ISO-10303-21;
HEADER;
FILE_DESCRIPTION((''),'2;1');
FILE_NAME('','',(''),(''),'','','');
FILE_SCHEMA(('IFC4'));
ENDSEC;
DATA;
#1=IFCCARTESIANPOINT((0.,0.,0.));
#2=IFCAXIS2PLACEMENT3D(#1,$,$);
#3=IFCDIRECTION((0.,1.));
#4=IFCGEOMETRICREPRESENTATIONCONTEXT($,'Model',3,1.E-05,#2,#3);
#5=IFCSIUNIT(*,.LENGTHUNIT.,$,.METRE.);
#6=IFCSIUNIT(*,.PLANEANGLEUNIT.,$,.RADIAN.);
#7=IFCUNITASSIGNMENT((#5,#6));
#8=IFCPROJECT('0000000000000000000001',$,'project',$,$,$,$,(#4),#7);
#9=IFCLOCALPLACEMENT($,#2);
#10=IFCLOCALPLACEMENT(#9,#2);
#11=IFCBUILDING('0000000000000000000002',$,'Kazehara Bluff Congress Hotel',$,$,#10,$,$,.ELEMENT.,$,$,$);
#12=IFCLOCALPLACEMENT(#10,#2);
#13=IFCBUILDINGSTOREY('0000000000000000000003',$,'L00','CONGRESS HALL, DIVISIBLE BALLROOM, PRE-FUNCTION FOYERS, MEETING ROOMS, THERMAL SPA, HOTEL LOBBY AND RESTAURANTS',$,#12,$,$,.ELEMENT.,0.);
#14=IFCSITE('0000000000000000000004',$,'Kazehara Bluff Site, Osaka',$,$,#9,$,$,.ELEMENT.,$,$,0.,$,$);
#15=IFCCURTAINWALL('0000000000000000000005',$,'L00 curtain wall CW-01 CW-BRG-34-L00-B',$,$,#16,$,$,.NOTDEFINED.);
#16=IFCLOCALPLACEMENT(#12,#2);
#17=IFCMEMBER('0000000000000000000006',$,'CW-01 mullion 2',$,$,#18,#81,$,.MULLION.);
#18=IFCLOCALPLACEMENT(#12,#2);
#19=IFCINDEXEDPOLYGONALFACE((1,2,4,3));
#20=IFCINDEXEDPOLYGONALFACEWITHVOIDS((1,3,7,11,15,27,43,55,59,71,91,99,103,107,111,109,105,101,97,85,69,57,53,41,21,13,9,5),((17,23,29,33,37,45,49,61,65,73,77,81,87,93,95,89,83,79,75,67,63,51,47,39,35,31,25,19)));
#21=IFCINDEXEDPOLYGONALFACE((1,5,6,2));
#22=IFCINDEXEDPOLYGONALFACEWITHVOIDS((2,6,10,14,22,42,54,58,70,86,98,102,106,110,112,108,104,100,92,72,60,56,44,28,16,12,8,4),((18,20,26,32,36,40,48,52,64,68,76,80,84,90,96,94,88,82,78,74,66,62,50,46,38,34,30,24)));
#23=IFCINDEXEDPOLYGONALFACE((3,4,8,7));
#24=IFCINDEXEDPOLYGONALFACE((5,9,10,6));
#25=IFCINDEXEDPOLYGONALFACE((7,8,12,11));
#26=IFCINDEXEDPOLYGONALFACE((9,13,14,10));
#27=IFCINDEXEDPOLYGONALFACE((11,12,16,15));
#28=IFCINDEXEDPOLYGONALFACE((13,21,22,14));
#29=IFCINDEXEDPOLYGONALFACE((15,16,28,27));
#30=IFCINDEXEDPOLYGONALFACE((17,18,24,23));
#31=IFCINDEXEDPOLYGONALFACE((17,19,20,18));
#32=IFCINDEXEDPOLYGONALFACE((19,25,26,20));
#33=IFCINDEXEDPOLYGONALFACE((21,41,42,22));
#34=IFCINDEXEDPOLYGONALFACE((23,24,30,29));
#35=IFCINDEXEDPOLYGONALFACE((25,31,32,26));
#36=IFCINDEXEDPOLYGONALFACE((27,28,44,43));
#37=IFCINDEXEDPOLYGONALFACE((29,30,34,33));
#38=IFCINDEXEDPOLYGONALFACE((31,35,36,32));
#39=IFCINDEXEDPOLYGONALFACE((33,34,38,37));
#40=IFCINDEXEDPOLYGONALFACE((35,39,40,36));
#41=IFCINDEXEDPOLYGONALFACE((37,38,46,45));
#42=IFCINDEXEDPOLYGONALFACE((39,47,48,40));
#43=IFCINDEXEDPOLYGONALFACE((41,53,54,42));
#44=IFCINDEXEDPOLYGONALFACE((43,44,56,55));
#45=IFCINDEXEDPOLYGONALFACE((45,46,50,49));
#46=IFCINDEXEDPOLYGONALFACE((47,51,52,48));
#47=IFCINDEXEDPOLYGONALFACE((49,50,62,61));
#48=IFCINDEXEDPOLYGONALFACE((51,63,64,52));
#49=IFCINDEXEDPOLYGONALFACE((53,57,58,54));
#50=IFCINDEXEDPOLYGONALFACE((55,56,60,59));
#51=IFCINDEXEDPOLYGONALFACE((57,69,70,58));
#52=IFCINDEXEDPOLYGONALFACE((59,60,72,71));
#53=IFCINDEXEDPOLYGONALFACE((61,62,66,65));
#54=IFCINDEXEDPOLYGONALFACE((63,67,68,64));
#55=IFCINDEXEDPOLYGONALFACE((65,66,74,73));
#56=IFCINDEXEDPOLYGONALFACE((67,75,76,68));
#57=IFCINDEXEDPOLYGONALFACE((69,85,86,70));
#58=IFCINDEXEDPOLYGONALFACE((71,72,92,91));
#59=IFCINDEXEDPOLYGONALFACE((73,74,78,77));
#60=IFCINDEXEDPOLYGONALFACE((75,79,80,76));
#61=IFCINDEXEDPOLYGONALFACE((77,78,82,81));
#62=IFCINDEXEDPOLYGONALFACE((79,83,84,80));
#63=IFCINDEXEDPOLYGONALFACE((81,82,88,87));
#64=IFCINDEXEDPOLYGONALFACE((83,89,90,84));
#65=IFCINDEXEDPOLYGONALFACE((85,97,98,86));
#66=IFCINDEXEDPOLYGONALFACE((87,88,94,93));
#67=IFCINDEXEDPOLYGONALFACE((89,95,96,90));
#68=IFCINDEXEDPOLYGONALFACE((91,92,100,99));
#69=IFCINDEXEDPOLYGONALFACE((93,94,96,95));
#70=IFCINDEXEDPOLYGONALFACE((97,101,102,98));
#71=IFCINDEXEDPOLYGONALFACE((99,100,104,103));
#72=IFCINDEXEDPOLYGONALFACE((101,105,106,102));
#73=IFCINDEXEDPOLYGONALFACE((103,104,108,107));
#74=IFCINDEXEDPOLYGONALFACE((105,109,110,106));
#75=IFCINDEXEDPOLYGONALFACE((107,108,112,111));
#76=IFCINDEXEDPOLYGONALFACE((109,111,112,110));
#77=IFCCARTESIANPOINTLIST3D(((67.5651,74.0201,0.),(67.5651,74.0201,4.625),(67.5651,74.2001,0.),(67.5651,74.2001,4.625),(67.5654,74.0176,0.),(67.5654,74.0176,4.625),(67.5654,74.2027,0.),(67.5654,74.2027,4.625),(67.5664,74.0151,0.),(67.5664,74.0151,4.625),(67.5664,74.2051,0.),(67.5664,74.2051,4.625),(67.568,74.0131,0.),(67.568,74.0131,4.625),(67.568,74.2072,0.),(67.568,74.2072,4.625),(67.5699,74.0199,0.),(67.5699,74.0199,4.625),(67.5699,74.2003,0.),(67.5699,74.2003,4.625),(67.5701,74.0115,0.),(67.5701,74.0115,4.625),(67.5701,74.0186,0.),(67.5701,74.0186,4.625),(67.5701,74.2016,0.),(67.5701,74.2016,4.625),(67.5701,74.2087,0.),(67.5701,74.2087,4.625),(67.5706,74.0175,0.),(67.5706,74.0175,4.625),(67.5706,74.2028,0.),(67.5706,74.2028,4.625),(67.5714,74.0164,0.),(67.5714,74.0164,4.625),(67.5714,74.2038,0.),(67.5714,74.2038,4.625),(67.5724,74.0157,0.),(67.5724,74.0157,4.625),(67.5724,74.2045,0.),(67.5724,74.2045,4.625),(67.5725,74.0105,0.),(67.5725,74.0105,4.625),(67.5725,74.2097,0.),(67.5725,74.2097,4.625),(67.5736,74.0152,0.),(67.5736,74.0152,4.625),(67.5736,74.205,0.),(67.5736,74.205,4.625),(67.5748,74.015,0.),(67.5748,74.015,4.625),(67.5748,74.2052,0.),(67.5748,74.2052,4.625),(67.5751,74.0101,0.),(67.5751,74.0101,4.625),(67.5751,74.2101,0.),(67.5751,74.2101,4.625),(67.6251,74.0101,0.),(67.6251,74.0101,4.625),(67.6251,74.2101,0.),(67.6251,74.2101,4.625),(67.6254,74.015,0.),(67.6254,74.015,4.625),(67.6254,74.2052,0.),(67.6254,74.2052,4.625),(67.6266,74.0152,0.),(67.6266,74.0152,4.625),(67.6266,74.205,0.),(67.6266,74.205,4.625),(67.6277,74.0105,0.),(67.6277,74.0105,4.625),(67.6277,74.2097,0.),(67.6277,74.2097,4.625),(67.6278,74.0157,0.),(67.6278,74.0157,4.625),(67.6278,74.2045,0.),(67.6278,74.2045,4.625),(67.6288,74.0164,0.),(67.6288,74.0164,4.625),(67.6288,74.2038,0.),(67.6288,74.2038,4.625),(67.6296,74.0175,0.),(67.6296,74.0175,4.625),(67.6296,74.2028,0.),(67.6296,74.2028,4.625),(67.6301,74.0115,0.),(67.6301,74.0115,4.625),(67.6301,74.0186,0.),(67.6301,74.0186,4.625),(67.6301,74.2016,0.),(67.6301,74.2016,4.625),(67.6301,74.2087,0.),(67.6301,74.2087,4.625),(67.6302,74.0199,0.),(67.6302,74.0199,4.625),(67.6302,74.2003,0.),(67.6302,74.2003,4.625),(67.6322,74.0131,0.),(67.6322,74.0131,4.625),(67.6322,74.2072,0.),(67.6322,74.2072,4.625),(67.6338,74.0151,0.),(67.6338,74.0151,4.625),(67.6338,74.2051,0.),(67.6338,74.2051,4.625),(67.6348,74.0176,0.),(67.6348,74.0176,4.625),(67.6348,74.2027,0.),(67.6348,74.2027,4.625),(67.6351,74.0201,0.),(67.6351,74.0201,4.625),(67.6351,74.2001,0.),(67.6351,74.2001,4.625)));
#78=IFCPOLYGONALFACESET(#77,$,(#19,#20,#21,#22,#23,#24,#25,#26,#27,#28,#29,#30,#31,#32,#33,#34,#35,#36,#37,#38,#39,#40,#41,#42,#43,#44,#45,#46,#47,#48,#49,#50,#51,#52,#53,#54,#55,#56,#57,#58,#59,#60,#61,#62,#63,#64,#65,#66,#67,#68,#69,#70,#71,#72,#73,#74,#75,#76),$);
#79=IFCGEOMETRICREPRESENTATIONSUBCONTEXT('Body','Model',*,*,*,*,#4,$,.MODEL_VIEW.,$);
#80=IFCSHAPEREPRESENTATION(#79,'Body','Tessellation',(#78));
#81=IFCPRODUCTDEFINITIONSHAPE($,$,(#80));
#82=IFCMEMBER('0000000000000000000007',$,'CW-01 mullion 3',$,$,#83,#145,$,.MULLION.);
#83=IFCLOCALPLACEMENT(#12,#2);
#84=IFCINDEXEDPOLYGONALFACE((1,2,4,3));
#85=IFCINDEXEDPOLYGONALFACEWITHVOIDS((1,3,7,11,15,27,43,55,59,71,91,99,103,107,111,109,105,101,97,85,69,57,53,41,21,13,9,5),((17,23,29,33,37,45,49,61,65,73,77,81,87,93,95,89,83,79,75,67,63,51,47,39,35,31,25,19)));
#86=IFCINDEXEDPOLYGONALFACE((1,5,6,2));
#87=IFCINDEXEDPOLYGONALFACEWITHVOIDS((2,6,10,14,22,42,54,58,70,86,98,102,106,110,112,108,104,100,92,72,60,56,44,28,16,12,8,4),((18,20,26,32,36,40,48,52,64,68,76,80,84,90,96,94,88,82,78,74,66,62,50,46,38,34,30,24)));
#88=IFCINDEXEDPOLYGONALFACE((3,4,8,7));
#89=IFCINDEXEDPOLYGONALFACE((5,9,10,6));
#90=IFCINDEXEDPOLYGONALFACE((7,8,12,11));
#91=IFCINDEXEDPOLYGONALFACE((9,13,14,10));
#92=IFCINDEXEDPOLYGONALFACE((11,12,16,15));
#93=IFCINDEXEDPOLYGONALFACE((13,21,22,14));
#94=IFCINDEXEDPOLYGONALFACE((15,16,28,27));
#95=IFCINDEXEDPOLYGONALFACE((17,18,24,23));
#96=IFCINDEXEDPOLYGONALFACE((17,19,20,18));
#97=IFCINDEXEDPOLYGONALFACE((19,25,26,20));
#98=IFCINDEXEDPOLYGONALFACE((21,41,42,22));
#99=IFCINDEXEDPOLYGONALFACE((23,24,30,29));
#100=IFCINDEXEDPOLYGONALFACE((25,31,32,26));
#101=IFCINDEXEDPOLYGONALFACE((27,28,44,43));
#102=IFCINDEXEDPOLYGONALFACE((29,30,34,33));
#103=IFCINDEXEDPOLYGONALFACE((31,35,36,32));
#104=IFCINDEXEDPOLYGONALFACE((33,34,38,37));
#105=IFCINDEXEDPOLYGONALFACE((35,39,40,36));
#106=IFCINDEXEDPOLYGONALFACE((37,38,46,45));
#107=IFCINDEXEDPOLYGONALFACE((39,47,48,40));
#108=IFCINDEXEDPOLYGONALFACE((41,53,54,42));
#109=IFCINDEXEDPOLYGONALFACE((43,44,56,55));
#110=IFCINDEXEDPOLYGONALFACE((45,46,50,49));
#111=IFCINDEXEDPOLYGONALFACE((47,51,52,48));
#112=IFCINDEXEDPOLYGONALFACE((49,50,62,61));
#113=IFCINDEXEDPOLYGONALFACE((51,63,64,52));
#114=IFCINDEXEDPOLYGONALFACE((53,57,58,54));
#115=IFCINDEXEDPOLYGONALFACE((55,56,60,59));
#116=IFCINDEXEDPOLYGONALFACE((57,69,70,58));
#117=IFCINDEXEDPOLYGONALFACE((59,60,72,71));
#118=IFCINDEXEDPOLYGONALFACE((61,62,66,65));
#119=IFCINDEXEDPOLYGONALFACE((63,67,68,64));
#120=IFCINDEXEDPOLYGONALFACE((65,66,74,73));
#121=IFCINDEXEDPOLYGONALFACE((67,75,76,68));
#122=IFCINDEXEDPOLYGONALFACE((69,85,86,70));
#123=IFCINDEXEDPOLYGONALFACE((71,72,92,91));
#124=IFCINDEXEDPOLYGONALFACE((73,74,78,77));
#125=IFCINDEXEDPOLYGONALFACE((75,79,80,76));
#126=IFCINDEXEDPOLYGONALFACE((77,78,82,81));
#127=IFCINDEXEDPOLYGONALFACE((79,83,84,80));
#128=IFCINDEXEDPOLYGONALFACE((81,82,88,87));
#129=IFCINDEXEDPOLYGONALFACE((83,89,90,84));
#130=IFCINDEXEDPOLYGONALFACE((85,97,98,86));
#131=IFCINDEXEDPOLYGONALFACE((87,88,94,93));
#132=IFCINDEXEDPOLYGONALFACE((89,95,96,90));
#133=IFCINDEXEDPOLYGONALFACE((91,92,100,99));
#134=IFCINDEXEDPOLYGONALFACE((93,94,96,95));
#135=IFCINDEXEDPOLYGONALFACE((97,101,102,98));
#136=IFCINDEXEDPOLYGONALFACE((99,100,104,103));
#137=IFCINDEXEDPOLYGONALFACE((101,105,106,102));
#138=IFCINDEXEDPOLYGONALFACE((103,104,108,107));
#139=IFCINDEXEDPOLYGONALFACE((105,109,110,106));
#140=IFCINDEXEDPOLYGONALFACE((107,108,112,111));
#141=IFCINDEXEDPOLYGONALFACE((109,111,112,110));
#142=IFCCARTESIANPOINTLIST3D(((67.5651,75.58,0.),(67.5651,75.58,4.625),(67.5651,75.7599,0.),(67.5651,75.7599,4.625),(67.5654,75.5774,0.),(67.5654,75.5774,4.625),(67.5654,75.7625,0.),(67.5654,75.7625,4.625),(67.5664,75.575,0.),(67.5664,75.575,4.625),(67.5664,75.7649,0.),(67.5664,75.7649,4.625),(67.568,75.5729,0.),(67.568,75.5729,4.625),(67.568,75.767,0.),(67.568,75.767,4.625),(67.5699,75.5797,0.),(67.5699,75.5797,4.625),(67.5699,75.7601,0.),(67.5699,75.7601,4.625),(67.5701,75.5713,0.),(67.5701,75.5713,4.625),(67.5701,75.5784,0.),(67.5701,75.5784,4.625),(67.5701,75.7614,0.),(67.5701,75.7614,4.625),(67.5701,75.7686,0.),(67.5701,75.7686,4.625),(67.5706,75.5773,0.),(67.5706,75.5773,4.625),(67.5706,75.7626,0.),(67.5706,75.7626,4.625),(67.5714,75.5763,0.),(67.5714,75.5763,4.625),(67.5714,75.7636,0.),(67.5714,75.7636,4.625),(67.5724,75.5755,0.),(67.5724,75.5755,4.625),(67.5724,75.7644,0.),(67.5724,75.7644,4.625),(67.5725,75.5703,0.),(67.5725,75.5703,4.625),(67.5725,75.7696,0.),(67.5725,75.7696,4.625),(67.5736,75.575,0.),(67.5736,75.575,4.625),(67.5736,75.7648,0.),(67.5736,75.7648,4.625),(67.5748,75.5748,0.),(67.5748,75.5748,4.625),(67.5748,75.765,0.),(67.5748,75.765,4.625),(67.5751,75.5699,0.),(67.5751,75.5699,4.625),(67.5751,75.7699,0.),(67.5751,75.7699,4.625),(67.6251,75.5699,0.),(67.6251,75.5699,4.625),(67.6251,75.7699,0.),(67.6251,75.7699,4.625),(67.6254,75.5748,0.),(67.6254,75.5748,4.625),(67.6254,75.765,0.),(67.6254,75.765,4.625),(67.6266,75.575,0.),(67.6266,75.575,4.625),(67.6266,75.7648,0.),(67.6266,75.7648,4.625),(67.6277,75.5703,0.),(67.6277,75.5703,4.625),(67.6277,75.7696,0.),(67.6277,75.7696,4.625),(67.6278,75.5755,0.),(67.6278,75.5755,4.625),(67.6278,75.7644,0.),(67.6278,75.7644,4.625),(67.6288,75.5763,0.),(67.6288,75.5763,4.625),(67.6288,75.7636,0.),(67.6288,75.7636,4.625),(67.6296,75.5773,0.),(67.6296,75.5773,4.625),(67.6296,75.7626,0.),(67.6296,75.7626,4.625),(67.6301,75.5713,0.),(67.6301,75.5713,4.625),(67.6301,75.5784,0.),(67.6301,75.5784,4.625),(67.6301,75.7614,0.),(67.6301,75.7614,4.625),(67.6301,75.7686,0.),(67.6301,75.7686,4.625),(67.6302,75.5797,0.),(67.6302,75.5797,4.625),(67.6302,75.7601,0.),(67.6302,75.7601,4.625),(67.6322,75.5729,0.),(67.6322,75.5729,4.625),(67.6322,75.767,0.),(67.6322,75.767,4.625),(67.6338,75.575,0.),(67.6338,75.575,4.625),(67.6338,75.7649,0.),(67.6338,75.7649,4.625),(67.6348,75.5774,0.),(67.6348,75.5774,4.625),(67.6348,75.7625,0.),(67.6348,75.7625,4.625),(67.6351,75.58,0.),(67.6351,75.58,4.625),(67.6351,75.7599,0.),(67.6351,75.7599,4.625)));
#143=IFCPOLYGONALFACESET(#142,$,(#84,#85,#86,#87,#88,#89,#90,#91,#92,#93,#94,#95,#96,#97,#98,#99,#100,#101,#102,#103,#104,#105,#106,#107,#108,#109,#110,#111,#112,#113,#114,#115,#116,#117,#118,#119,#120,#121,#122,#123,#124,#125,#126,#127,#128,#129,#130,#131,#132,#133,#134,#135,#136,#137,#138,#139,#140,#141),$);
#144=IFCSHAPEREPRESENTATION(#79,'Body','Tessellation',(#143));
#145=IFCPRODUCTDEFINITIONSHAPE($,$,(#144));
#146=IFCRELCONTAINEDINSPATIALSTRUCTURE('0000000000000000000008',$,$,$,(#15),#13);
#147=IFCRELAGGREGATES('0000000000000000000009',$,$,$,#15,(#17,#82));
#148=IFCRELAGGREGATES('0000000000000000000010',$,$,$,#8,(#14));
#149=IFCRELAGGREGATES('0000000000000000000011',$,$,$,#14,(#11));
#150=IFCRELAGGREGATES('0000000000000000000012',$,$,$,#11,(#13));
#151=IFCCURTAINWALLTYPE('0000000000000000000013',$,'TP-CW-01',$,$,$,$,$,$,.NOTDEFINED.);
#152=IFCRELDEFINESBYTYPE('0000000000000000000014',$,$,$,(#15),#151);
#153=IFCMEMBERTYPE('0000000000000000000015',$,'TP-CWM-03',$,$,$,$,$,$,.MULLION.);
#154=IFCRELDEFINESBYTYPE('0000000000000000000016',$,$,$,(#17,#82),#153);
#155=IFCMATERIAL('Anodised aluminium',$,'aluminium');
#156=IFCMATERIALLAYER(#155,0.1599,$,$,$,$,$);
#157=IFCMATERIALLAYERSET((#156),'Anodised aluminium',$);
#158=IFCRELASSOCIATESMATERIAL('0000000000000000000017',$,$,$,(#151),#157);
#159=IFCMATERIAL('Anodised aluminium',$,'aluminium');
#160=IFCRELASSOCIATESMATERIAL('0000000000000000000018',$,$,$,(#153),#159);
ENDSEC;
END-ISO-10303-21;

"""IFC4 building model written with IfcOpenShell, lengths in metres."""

from ifc_helpers import new_model, si_unit, direction, frame, origin, origin_2d, place, context, subcontext, project, spatial, hollow_rectangle, extrude, material, layer, layer_set, material_profile, profile_set, type_object, element, aggregate, save


model = new_model("IFC4")

# Units and contexts
model_context = context("Model", 3, precision=1e-05, world=origin(), true_north=direction((0.0, 1.0)))
body_context = subcontext(model_context, "Body", "Model", "MODEL_VIEW")
ifc_project = project(units=[si_unit("LENGTHUNIT", "METRE"), si_unit("PLANEANGLEUNIT", "RADIAN")], contexts=[model_context])

# Site, building, storey
site_placement = place(None, origin())
site = spatial("IfcSite", under=ifc_project, at=site_placement, Name="Kazehara Bluff Site, Osaka", CompositionType="ELEMENT", RefElevation=0.0)
building_placement = place(site_placement, origin())
building = spatial("IfcBuilding", under=site, at=building_placement, Name="Kazehara Bluff Congress Hotel", CompositionType="ELEMENT")
storey_placement = place(building_placement, origin())
storey = spatial("IfcBuildingStorey", under=building, at=storey_placement, Name="L00", Description="CONGRESS HALL, DIVISIBLE BALLROOM, PRE-FUNCTION FOYERS, MEETING ROOMS, THERMAL SPA, HOTEL LOBBY AND RESTAURANTS", CompositionType="ELEMENT", Elevation=0.0)

# Curtain wall, members
ifc_material_1 = material(Name="Anodised aluminium", Category="aluminium")
ifc_layer_1 = layer(ifc_material_1, 0.1599)
ifc_layer_set_1 = layer_set([ifc_layer_1], Name="Anodised aluminium")
curtain_wall_type = type_object("IfcCurtainWallType", Name="TP-CW-01", PredefinedType="NOTDEFINED", material=ifc_layer_set_1)
ifc_material_2 = material(Name="Anodised aluminium", Category="aluminium")
ifc_material_profile_1 = material_profile(ifc_material_2, hollow_rectangle(XDim=0.0701, YDim=0.2, WallThickness=0.0049, InnerFilletRadius=0.0049, OuterFilletRadius=0.01, at=origin_2d()))
ifc_profile_set_1 = profile_set([ifc_material_profile_1], Name="Anodised aluminium")
member_type_1 = type_object("IfcMemberType", Name="TP-CWM-03", PredefinedType="MULLION", material=ifc_profile_set_1)
curtain_wall_1_placement = place(storey_placement, origin())
curtain_wall_1 = element("IfcCurtainWall", 1, at=curtain_wall_1_placement, inside=storey, type_object=curtain_wall_type, Name="L00 curtain wall CW-01 CW-BRG-34-L00-B", PredefinedType="NOTDEFINED")
member_1_placement = place(storey_placement, frame((67.6001, 74.1101, 0.0), z_axis=(0.0, 0.0, 1.0), x_axis=(-1.0, 0.0, 0.0)))
member_1 = element("IfcMember", 2, at=member_1_placement, type_object=member_type_1, Name="CW-01 mullion 2", PredefinedType="MULLION", context=body_context, shape_type="SweptSolid", body=[
    extrude(hollow_rectangle(XDim=0.0701, YDim=0.2, WallThickness=0.0049, InnerFilletRadius=0.0049, OuterFilletRadius=0.01, at=origin_2d()), origin(), (0.0, 0.0, 1.0), 4.625),
])
member_2_placement = place(storey_placement, frame((67.6001, 75.6699, 0.0), z_axis=(0.0, 0.0, 1.0), x_axis=(-1.0, 0.0, 0.0)))
member_2 = element("IfcMember", 3, at=member_2_placement, type_object=member_type_1, Name="CW-01 mullion 3", PredefinedType="MULLION", context=body_context, shape_type="SweptSolid", body=[
    extrude(hollow_rectangle(XDim=0.0701, YDim=0.2, WallThickness=0.0049, InnerFilletRadius=0.0049, OuterFilletRadius=0.01, at=origin_2d()), origin(), (0.0, 0.0, 1.0), 4.625),
])

aggregate(curtain_wall_1, [member_1, member_2])

save(model, "model.ifc")
